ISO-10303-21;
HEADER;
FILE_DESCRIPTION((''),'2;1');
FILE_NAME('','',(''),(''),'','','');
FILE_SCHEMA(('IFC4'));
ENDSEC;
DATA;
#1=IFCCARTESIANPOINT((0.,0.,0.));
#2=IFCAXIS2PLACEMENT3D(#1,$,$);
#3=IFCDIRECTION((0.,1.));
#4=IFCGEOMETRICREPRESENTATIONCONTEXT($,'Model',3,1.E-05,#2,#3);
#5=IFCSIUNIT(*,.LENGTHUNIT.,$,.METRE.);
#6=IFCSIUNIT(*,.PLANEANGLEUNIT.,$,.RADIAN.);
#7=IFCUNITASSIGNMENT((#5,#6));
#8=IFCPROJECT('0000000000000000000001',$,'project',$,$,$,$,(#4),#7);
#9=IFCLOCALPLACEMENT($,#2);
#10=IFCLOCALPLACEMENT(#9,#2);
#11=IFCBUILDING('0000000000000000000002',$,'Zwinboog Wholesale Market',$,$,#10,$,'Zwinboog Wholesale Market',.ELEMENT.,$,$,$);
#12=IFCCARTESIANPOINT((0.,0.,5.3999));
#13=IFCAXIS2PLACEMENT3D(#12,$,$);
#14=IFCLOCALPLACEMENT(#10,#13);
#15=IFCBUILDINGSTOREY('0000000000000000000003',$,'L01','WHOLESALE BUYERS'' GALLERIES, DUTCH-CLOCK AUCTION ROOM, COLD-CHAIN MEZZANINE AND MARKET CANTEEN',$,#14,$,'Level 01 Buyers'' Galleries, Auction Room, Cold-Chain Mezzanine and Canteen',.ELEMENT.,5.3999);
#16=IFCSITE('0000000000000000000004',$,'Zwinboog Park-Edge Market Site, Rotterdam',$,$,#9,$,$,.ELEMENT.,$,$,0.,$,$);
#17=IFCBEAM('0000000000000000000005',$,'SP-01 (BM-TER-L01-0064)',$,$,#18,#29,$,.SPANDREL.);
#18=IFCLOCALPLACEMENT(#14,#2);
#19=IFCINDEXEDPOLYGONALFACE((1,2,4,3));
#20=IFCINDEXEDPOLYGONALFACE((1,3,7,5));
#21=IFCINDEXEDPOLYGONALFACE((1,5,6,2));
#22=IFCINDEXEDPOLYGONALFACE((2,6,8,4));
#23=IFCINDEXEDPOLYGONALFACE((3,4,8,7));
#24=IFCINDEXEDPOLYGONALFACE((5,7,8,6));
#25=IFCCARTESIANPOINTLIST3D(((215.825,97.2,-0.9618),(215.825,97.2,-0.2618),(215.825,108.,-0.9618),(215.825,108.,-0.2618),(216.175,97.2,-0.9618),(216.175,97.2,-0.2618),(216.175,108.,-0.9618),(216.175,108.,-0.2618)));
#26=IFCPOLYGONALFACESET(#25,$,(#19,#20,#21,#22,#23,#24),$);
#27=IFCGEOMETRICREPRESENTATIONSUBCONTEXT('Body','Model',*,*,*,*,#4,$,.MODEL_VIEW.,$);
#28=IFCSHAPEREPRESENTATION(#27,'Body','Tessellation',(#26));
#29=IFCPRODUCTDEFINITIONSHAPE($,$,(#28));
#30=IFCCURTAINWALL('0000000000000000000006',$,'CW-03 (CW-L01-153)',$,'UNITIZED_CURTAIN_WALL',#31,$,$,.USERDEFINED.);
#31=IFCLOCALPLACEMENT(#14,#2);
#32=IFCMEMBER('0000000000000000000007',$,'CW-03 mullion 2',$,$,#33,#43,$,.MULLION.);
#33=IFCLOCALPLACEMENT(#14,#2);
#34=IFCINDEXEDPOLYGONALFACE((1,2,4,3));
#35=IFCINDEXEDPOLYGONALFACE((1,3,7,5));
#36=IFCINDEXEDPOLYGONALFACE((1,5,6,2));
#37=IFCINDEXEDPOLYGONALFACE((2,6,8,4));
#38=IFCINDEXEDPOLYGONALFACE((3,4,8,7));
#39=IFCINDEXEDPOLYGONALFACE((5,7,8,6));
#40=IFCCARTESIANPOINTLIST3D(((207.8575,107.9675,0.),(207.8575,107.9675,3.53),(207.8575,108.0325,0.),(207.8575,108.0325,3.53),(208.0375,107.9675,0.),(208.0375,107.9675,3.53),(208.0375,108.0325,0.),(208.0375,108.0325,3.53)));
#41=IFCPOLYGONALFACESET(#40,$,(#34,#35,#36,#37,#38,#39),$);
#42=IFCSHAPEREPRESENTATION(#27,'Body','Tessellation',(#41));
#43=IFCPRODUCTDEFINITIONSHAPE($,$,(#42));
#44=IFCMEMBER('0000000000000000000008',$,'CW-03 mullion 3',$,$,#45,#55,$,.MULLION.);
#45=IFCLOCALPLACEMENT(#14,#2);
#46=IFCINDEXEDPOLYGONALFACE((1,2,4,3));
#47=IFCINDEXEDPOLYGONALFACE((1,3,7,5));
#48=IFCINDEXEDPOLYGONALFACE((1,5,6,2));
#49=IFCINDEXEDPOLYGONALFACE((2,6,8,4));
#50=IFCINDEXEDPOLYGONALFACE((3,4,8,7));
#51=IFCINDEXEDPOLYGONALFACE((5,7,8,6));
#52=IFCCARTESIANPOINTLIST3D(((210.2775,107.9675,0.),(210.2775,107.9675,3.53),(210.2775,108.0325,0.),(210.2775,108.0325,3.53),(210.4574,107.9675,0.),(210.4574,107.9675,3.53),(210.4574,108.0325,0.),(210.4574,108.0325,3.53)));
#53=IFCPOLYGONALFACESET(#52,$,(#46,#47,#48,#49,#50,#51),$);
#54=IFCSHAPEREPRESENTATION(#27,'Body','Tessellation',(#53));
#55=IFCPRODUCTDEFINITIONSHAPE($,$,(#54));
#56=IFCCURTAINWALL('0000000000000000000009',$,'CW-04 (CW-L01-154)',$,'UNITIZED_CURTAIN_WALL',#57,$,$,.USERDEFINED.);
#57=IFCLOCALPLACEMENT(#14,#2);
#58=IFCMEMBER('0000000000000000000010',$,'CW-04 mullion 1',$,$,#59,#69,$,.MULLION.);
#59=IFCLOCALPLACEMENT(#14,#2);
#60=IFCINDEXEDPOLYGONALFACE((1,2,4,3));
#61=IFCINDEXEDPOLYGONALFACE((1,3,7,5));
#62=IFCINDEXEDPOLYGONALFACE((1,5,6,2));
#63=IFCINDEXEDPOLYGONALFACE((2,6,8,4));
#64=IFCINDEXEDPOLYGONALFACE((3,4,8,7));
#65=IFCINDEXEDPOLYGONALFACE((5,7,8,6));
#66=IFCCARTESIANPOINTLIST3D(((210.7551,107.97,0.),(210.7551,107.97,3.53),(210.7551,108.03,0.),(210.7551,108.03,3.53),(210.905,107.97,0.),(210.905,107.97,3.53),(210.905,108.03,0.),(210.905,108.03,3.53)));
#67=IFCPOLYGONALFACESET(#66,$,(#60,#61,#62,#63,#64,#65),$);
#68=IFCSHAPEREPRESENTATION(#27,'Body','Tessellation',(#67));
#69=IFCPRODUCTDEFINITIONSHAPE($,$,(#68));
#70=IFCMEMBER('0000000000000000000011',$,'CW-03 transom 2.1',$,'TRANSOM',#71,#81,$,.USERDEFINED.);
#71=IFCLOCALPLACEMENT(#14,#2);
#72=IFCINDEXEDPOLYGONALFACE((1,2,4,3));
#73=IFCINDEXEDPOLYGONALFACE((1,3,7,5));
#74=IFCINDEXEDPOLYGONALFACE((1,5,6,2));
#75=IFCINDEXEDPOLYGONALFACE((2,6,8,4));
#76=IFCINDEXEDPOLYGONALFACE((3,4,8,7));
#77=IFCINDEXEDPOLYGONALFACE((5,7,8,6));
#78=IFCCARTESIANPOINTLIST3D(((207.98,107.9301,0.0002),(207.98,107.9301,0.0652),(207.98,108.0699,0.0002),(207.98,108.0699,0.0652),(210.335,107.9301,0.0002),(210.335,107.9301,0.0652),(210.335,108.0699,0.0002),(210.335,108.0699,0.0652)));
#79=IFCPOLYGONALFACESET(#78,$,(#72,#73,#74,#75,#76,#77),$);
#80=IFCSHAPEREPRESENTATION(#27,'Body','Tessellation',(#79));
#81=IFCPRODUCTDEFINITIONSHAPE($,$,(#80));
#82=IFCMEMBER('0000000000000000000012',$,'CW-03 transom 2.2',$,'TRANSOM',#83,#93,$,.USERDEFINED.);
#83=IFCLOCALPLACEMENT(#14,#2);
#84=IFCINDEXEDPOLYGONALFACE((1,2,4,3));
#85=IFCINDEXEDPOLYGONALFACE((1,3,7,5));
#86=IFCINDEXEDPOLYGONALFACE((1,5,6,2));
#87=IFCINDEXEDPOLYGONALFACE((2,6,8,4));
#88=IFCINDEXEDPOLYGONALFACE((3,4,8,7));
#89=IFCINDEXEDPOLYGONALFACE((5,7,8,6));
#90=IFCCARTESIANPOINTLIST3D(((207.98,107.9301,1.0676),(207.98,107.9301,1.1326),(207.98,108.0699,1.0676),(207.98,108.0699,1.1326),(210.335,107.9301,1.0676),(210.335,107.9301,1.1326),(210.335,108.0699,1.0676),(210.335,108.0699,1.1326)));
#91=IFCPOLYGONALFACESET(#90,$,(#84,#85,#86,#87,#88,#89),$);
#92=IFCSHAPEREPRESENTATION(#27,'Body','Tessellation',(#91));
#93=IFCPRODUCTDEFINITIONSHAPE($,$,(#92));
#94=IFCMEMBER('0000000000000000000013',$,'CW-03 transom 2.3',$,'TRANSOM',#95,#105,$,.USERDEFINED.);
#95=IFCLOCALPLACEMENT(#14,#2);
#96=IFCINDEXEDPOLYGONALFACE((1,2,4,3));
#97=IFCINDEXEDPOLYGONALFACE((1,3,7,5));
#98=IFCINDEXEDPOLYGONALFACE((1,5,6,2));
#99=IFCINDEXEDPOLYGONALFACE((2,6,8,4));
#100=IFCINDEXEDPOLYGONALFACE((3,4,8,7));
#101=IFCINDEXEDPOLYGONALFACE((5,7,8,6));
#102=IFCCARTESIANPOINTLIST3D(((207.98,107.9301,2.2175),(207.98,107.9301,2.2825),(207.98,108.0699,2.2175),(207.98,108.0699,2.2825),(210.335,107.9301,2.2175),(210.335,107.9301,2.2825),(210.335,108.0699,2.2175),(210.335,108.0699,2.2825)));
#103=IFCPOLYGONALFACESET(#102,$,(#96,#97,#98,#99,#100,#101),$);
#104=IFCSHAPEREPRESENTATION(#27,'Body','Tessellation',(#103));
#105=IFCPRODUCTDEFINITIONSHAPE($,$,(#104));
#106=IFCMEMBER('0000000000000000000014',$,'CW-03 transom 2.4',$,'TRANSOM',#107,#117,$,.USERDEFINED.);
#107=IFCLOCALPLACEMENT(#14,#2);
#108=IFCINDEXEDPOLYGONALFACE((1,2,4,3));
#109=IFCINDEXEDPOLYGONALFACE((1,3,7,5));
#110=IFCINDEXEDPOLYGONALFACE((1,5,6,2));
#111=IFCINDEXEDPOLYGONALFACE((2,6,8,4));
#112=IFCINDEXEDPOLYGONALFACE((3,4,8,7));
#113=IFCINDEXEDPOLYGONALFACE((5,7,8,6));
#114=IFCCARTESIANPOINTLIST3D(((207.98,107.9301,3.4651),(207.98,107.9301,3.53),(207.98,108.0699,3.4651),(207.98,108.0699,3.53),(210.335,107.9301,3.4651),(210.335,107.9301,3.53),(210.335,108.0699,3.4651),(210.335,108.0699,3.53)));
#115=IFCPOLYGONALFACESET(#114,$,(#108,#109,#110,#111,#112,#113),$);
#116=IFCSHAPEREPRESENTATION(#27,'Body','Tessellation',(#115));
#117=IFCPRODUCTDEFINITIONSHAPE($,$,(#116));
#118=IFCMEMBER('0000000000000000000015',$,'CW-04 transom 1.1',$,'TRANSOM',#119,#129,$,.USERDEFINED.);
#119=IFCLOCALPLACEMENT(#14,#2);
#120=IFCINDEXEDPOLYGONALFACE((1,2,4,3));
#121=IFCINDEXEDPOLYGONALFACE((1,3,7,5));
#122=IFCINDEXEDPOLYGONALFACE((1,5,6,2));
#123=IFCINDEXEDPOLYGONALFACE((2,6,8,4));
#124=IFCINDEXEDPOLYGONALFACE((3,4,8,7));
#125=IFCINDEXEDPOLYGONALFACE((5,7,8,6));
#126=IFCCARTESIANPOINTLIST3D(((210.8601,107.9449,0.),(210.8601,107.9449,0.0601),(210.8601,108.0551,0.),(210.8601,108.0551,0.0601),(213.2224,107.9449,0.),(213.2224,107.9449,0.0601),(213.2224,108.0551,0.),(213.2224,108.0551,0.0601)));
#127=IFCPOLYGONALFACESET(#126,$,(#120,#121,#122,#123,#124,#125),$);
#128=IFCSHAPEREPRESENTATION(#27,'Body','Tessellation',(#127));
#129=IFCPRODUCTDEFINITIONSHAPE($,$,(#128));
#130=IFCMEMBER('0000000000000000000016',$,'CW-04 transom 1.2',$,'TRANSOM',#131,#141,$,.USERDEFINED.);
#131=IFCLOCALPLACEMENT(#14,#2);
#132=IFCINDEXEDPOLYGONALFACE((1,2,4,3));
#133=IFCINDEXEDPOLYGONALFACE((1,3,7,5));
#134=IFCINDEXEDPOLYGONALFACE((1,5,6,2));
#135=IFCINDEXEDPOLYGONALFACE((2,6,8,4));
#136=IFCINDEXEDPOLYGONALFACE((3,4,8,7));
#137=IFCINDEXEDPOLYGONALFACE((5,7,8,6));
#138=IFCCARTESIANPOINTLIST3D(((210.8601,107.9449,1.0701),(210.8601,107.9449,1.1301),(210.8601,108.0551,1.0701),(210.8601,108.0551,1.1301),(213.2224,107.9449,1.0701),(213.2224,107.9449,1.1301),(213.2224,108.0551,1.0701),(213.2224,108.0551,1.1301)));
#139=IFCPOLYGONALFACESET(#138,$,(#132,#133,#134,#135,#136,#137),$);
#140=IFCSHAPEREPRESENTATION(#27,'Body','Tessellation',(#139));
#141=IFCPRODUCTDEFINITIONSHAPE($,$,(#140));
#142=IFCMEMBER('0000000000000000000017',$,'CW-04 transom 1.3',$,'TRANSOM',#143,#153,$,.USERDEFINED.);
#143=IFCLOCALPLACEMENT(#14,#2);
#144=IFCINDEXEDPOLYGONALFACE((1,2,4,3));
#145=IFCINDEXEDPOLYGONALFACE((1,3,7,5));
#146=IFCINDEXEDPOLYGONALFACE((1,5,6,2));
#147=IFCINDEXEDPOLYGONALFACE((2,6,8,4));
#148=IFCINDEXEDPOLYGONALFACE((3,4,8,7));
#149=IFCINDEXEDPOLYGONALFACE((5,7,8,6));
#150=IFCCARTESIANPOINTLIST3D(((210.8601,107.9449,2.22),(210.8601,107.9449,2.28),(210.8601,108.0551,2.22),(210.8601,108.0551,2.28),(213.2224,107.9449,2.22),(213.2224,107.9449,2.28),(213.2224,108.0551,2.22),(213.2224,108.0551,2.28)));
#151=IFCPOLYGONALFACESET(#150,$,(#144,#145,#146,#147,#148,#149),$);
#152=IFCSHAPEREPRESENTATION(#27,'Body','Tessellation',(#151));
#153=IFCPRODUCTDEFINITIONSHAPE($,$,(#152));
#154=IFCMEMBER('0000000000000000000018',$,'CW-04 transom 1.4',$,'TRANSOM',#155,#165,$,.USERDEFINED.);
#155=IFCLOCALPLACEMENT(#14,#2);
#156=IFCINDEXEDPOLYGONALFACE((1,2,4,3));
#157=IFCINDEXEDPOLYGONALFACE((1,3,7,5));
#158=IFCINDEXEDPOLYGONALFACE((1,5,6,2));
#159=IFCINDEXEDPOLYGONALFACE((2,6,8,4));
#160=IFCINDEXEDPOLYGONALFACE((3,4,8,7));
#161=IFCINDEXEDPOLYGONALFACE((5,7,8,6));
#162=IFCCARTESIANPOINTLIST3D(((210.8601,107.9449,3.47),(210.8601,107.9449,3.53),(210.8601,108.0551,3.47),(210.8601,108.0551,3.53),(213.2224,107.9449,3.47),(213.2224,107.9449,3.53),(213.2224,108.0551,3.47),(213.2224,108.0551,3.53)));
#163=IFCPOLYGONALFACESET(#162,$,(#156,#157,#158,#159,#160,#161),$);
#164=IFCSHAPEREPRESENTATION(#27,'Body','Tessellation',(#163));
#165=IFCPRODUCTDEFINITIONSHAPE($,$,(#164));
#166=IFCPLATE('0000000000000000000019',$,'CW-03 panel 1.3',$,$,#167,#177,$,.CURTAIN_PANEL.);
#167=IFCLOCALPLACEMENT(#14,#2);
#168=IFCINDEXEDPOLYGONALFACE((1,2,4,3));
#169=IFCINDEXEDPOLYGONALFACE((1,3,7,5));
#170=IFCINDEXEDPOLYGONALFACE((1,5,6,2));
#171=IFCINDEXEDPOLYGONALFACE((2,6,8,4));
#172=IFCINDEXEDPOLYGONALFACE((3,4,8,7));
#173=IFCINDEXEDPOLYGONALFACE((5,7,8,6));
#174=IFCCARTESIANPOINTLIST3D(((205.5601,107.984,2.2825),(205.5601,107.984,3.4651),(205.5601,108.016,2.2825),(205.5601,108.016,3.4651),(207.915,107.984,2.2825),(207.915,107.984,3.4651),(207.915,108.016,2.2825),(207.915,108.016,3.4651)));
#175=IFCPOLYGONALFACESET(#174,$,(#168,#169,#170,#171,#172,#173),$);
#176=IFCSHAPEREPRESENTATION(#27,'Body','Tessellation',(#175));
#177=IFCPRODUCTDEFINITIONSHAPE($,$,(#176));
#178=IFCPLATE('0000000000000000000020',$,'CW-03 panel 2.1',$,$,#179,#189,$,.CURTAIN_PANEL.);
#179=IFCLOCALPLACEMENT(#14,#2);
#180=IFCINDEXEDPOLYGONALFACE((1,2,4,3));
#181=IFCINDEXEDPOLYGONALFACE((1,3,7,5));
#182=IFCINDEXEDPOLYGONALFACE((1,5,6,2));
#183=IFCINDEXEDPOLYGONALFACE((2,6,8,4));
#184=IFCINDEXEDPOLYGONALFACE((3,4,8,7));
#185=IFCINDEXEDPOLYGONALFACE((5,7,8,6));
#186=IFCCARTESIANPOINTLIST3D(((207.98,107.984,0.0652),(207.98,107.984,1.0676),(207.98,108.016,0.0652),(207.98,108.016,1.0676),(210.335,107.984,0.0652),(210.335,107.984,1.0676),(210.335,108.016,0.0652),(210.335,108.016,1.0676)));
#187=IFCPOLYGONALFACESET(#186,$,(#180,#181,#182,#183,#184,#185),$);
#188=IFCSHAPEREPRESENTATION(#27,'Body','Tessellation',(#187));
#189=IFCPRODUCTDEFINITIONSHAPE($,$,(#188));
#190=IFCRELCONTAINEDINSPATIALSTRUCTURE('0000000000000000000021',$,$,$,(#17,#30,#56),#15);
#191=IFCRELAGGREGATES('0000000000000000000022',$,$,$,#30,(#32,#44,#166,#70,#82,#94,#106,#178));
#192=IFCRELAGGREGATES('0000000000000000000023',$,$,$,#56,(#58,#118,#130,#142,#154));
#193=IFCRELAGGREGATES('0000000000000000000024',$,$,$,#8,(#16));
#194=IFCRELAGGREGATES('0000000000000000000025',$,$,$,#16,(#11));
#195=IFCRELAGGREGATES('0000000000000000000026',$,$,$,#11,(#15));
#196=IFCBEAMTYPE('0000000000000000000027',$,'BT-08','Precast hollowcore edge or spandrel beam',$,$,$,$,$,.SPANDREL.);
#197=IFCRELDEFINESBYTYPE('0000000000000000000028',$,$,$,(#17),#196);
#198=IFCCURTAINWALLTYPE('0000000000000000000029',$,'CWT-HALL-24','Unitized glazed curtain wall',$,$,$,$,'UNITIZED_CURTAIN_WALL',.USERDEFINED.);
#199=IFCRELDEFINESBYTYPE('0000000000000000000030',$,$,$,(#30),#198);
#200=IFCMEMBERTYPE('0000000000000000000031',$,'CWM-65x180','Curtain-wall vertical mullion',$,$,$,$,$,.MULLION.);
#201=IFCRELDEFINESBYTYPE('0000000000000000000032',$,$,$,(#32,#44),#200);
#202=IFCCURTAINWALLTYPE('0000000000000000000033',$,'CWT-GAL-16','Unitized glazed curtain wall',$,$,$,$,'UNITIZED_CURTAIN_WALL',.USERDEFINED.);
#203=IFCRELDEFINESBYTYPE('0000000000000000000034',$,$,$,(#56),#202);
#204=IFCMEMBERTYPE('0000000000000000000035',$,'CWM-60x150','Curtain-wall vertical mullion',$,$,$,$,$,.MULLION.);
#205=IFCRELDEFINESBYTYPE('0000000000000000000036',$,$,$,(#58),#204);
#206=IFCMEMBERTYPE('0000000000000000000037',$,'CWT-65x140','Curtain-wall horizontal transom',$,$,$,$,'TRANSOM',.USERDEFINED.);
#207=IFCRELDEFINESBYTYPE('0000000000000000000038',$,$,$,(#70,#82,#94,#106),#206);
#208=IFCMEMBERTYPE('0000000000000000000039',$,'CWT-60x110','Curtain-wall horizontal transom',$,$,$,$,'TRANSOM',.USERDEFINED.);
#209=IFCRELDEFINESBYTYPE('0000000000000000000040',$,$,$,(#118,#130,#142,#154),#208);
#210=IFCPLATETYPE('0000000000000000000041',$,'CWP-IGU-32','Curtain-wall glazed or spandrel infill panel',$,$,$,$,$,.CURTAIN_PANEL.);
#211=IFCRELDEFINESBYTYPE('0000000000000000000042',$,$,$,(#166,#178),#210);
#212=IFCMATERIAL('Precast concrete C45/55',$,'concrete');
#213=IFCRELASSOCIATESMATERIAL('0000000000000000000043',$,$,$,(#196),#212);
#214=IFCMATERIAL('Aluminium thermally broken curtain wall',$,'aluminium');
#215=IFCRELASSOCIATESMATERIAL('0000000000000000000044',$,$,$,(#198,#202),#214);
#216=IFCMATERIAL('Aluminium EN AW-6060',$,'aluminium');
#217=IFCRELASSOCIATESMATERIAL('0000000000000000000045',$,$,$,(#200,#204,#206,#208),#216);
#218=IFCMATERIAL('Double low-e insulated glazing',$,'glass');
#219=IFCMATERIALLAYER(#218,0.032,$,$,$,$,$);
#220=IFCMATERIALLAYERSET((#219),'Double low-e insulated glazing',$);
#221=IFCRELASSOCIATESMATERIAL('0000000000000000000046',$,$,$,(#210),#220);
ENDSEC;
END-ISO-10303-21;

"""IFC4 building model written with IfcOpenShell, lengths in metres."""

from ifc_helpers import new_model, si_unit, direction, frame, origin, origin_2d, place, context, subcontext, project, spatial, rectangle, extrude, material, layer, layer_set, material_profile, profile_set, type_object, element, aggregate, save


model = new_model("IFC4")

# Units and contexts
model_context = context("Model", 3, precision=1e-05, world=origin(), true_north=direction((0.0, 1.0)))
body_context = subcontext(model_context, "Body", "Model", "MODEL_VIEW")
ifc_project = project(units=[si_unit("LENGTHUNIT", "METRE"), si_unit("PLANEANGLEUNIT", "RADIAN")], contexts=[model_context])

# Site, building, storey
site_placement = place(None, origin())
site = spatial("IfcSite", under=ifc_project, at=site_placement, Name="Zwinboog Park-Edge Market Site, Rotterdam", CompositionType="ELEMENT", RefElevation=0.0)
building_placement = place(site_placement, origin())
building = spatial("IfcBuilding", under=site, at=building_placement, Name="Zwinboog Wholesale Market", LongName="Zwinboog Wholesale Market", CompositionType="ELEMENT")
storey_placement = place(building_placement, frame((0.0, 0.0, 5.3999)))
storey = spatial("IfcBuildingStorey", under=building, at=storey_placement, Name="L01", Description="WHOLESALE BUYERS' GALLERIES, DUTCH-CLOCK AUCTION ROOM, COLD-CHAIN MEZZANINE AND MARKET CANTEEN", LongName="Level 01 Buyers' Galleries, Auction Room, Cold-Chain Mezzanine and Canteen", CompositionType="ELEMENT", Elevation=5.3999)

# Beam
ifc_material_1 = material(Name="Precast concrete C45/55", Category="concrete")
ifc_material_profile_1 = material_profile(ifc_material_1, rectangle(XDim=0.3501, YDim=0.7, at=origin_2d()), Name="PC 350x700")
ifc_profile_set_1 = profile_set([ifc_material_profile_1], Name="Precast concrete C45/55")
beam_type = type_object("IfcBeamType", Name="BT-08", Description="Precast hollowcore edge or spandrel beam", PredefinedType="SPANDREL", material=ifc_profile_set_1)
beam_placement = place(storey_placement, frame((216.0, 97.2, -0.6118), z_axis=(0.0, 1.0, 0.0), x_axis=(-1.0, 0.0, 0.0)))
element("IfcBeam", 1, at=beam_placement, inside=storey, type_object=beam_type, Name="SP-01 (BM-TER-L01-0064)", PredefinedType="SPANDREL", context=body_context, shape_type="SweptSolid", body=[
    extrude(rectangle(XDim=0.3501, YDim=0.7, at=origin_2d()), origin(), (0.0, 0.0, 1.0), 10.8),
])

# Curtain wall, members
ifc_material_2 = material(Name="Aluminium thermally broken curtain wall", Category="aluminium")
curtain_wall_type_1 = type_object("IfcCurtainWallType", Name="CWT-HALL-24", Description="Unitized glazed curtain wall", ElementType="UNITIZED_CURTAIN_WALL", PredefinedType="USERDEFINED", material=ifc_material_2)
curtain_wall_1_placement = place(storey_placement, origin())
curtain_wall_1 = element("IfcCurtainWall", 2, at=curtain_wall_1_placement, inside=storey, type_object=curtain_wall_type_1, Name="CW-03 (CW-L01-153)", ObjectType="UNITIZED_CURTAIN_WALL", PredefinedType="USERDEFINED")
ifc_material_3 = material(Name="Aluminium EN AW-6060", Category="aluminium")
ifc_material_profile_2 = material_profile(ifc_material_3, rectangle(XDim=0.0649, YDim=0.1799, at=origin_2d()), Name="AL 65x180")
ifc_profile_set_2 = profile_set([ifc_material_profile_2], Name="Aluminium EN AW-6060")
member_type_1 = type_object("IfcMemberType", Name="CWM-65x180", Description="Curtain-wall vertical mullion", PredefinedType="MULLION", material=ifc_profile_set_2)
member_1_placement = place(storey_placement, frame((207.9475, 108.0, 0.0), z_axis=(0.0, 0.0, 1.0), x_axis=(0.0, 1.0, 0.0)))
member_1 = element("IfcMember", 3, at=member_1_placement, type_object=member_type_1, Name="CW-03 mullion 2", PredefinedType="MULLION", context=body_context, shape_type="SweptSolid", body=[
    extrude(rectangle(XDim=0.0649, YDim=0.1799, at=origin_2d()), origin(), (0.0, 0.0, 1.0), 3.53),
])
member_2_placement = place(storey_placement, frame((210.3674, 108.0, 0.0), z_axis=(0.0, 0.0, 1.0), x_axis=(0.0, 1.0, 0.0)))
member_2 = element("IfcMember", 4, at=member_2_placement, type_object=member_type_1, Name="CW-03 mullion 3", PredefinedType="MULLION", context=body_context, shape_type="SweptSolid", body=[
    extrude(rectangle(XDim=0.0649, YDim=0.1799, at=origin_2d()), origin(), (0.0, 0.0, 1.0), 3.53),
])

# Curtain wall, member
curtain_wall_type_2 = type_object("IfcCurtainWallType", Name="CWT-GAL-16", Description="Unitized glazed curtain wall", ElementType="UNITIZED_CURTAIN_WALL", PredefinedType="USERDEFINED", material=ifc_material_2)
curtain_wall_2_placement = place(storey_placement, origin())
curtain_wall_2 = element("IfcCurtainWall", 5, at=curtain_wall_2_placement, inside=storey, type_object=curtain_wall_type_2, Name="CW-04 (CW-L01-154)", ObjectType="UNITIZED_CURTAIN_WALL", PredefinedType="USERDEFINED")
ifc_material_profile_3 = material_profile(ifc_material_3, rectangle(XDim=0.0601, YDim=0.1499, at=origin_2d()), Name="AL 60x150")
ifc_profile_set_3 = profile_set([ifc_material_profile_3], Name="Aluminium EN AW-6060")
member_type_2 = type_object("IfcMemberType", Name="CWM-60x150", Description="Curtain-wall vertical mullion", PredefinedType="MULLION", material=ifc_profile_set_3)
member_3_placement = place(storey_placement, frame((210.8301, 108.0, 0.0), z_axis=(0.0, 0.0, 1.0), x_axis=(0.0, 1.0, 0.0)))
member_3 = element("IfcMember", 6, at=member_3_placement, type_object=member_type_2, Name="CW-04 mullion 1", PredefinedType="MULLION", context=body_context, shape_type="SweptSolid", body=[
    extrude(rectangle(XDim=0.0601, YDim=0.1499, at=origin_2d()), origin(), (0.0, 0.0, 1.0), 3.53),
])

# Members
ifc_material_profile_4 = material_profile(ifc_material_3, rectangle(XDim=0.1399, YDim=0.0649, at=origin_2d()), Name="AL 65x140")
ifc_profile_set_4 = profile_set([ifc_material_profile_4], Name="Aluminium EN AW-6060")
member_type_3 = type_object("IfcMemberType", Name="CWT-65x140", Description="Curtain-wall horizontal transom", ElementType="TRANSOM", PredefinedType="USERDEFINED", material=ifc_profile_set_4)
member_4_placement = place(storey_placement, frame((207.98, 108.0, 0.0327), z_axis=(1.0, 0.0, 0.0), x_axis=(0.0, 1.0, 0.0)))
member_4 = element("IfcMember", 7, at=member_4_placement, type_object=member_type_3, Name="CW-03 transom 2.1", ObjectType="TRANSOM", PredefinedType="USERDEFINED", context=body_context, shape_type="SweptSolid", body=[
    extrude(rectangle(XDim=0.1399, YDim=0.0649, at=origin_2d()), origin(), (0.0, 0.0, 1.0), 2.355),
])
member_5_placement = place(storey_placement, frame((207.98, 108.0, 1.1001), z_axis=(1.0, 0.0, 0.0), x_axis=(0.0, 1.0, 0.0)))
member_5 = element("IfcMember", 8, at=member_5_placement, type_object=member_type_3, Name="CW-03 transom 2.2", ObjectType="TRANSOM", PredefinedType="USERDEFINED", context=body_context, shape_type="SweptSolid", body=[
    extrude(rectangle(XDim=0.1399, YDim=0.0649, at=origin_2d()), origin(), (0.0, 0.0, 1.0), 2.355),
])
member_6_placement = place(storey_placement, frame((207.98, 108.0, 2.25), z_axis=(1.0, 0.0, 0.0), x_axis=(0.0, 1.0, 0.0)))
member_6 = element("IfcMember", 9, at=member_6_placement, type_object=member_type_3, Name="CW-03 transom 2.3", ObjectType="TRANSOM", PredefinedType="USERDEFINED", context=body_context, shape_type="SweptSolid", body=[
    extrude(rectangle(XDim=0.1399, YDim=0.0649, at=origin_2d()), origin(), (0.0, 0.0, 1.0), 2.355),
])
member_7_placement = place(storey_placement, frame((207.98, 108.0, 3.4976), z_axis=(1.0, 0.0, 0.0), x_axis=(0.0, 1.0, 0.0)))
member_7 = element("IfcMember", 10, at=member_7_placement, type_object=member_type_3, Name="CW-03 transom 2.4", ObjectType="TRANSOM", PredefinedType="USERDEFINED", context=body_context, shape_type="SweptSolid", body=[
    extrude(rectangle(XDim=0.1399, YDim=0.0649, at=origin_2d()), origin(), (0.0, 0.0, 1.0), 2.355),
])
ifc_material_profile_5 = material_profile(ifc_material_3, rectangle(XDim=0.1101, YDim=0.0601, at=origin_2d()), Name="AL 60x110")
ifc_profile_set_5 = profile_set([ifc_material_profile_5], Name="Aluminium EN AW-6060")
member_type_4 = type_object("IfcMemberType", Name="CWT-60x110", Description="Curtain-wall horizontal transom", ElementType="TRANSOM", PredefinedType="USERDEFINED", material=ifc_profile_set_5)
member_8_placement = place(storey_placement, frame((210.8601, 108.0, 0.03), z_axis=(1.0, 0.0, 0.0), x_axis=(0.0, 1.0, 0.0)))
member_8 = element("IfcMember", 11, at=member_8_placement, type_object=member_type_4, Name="CW-04 transom 1.1", ObjectType="TRANSOM", PredefinedType="USERDEFINED", context=body_context, shape_type="SweptSolid", body=[
    extrude(rectangle(XDim=0.1101, YDim=0.0601, at=origin_2d()), origin(), (0.0, 0.0, 1.0), 2.3623),
])
member_9_placement = place(storey_placement, frame((210.8601, 108.0, 1.1001), z_axis=(1.0, 0.0, 0.0), x_axis=(0.0, 1.0, 0.0)))
member_9 = element("IfcMember", 12, at=member_9_placement, type_object=member_type_4, Name="CW-04 transom 1.2", ObjectType="TRANSOM", PredefinedType="USERDEFINED", context=body_context, shape_type="SweptSolid", body=[
    extrude(rectangle(XDim=0.1101, YDim=0.0601, at=origin_2d()), origin(), (0.0, 0.0, 1.0), 2.3623),
])
member_10_placement = place(storey_placement, frame((210.8601, 108.0, 2.25), z_axis=(1.0, 0.0, 0.0), x_axis=(0.0, 1.0, 0.0)))
member_10 = element("IfcMember", 13, at=member_10_placement, type_object=member_type_4, Name="CW-04 transom 1.3", ObjectType="TRANSOM", PredefinedType="USERDEFINED", context=body_context, shape_type="SweptSolid", body=[
    extrude(rectangle(XDim=0.1101, YDim=0.0601, at=origin_2d()), origin(), (0.0, 0.0, 1.0), 2.3623),
])
member_11_placement = place(storey_placement, frame((210.8601, 108.0, 3.5), z_axis=(1.0, 0.0, 0.0), x_axis=(0.0, 1.0, 0.0)))
member_11 = element("IfcMember", 14, at=member_11_placement, type_object=member_type_4, Name="CW-04 transom 1.4", ObjectType="TRANSOM", PredefinedType="USERDEFINED", context=body_context, shape_type="SweptSolid", body=[
    extrude(rectangle(XDim=0.1101, YDim=0.0601, at=origin_2d()), origin(), (0.0, 0.0, 1.0), 2.3623),
])

# Plates
ifc_material_4 = material(Name="Double low-e insulated glazing", Category="glass")
ifc_layer_1 = layer(ifc_material_4, 0.032)
ifc_layer_set_1 = layer_set([ifc_layer_1], Name="Double low-e insulated glazing")
plate_type = type_object("IfcPlateType", Name="CWP-IGU-32", Description="Curtain-wall glazed or spandrel infill panel", PredefinedType="CURTAIN_PANEL", material=ifc_layer_set_1)
plate_1_placement = place(storey_placement, frame((206.7375, 108.0, 2.2825), z_axis=(0.0, 0.0, 1.0), x_axis=(1.0, 0.0, 0.0)))
plate_1 = element("IfcPlate", 15, at=plate_1_placement, type_object=plate_type, Name="CW-03 panel 1.3", PredefinedType="CURTAIN_PANEL", context=body_context, shape_type="SweptSolid", body=[
    extrude(rectangle(XDim=2.355, YDim=0.032, at=origin_2d()), origin(), (0.0, 0.0, 1.0), 1.1826),
])
plate_2_placement = place(storey_placement, frame((209.1575, 108.0, 0.0652), z_axis=(0.0, 0.0, 1.0), x_axis=(1.0, 0.0, 0.0)))
plate_2 = element("IfcPlate", 16, at=plate_2_placement, type_object=plate_type, Name="CW-03 panel 2.1", PredefinedType="CURTAIN_PANEL", context=body_context, shape_type="SweptSolid", body=[
    extrude(rectangle(XDim=2.355, YDim=0.032, at=origin_2d()), origin(), (0.0, 0.0, 1.0), 1.0024),
])
aggregate(curtain_wall_1, [member_1, member_2, plate_1, member_4, member_5, member_6, member_7, plate_2])
aggregate(curtain_wall_2, [member_3, member_8, member_9, member_10, member_11])

save(model, "model.ifc")
